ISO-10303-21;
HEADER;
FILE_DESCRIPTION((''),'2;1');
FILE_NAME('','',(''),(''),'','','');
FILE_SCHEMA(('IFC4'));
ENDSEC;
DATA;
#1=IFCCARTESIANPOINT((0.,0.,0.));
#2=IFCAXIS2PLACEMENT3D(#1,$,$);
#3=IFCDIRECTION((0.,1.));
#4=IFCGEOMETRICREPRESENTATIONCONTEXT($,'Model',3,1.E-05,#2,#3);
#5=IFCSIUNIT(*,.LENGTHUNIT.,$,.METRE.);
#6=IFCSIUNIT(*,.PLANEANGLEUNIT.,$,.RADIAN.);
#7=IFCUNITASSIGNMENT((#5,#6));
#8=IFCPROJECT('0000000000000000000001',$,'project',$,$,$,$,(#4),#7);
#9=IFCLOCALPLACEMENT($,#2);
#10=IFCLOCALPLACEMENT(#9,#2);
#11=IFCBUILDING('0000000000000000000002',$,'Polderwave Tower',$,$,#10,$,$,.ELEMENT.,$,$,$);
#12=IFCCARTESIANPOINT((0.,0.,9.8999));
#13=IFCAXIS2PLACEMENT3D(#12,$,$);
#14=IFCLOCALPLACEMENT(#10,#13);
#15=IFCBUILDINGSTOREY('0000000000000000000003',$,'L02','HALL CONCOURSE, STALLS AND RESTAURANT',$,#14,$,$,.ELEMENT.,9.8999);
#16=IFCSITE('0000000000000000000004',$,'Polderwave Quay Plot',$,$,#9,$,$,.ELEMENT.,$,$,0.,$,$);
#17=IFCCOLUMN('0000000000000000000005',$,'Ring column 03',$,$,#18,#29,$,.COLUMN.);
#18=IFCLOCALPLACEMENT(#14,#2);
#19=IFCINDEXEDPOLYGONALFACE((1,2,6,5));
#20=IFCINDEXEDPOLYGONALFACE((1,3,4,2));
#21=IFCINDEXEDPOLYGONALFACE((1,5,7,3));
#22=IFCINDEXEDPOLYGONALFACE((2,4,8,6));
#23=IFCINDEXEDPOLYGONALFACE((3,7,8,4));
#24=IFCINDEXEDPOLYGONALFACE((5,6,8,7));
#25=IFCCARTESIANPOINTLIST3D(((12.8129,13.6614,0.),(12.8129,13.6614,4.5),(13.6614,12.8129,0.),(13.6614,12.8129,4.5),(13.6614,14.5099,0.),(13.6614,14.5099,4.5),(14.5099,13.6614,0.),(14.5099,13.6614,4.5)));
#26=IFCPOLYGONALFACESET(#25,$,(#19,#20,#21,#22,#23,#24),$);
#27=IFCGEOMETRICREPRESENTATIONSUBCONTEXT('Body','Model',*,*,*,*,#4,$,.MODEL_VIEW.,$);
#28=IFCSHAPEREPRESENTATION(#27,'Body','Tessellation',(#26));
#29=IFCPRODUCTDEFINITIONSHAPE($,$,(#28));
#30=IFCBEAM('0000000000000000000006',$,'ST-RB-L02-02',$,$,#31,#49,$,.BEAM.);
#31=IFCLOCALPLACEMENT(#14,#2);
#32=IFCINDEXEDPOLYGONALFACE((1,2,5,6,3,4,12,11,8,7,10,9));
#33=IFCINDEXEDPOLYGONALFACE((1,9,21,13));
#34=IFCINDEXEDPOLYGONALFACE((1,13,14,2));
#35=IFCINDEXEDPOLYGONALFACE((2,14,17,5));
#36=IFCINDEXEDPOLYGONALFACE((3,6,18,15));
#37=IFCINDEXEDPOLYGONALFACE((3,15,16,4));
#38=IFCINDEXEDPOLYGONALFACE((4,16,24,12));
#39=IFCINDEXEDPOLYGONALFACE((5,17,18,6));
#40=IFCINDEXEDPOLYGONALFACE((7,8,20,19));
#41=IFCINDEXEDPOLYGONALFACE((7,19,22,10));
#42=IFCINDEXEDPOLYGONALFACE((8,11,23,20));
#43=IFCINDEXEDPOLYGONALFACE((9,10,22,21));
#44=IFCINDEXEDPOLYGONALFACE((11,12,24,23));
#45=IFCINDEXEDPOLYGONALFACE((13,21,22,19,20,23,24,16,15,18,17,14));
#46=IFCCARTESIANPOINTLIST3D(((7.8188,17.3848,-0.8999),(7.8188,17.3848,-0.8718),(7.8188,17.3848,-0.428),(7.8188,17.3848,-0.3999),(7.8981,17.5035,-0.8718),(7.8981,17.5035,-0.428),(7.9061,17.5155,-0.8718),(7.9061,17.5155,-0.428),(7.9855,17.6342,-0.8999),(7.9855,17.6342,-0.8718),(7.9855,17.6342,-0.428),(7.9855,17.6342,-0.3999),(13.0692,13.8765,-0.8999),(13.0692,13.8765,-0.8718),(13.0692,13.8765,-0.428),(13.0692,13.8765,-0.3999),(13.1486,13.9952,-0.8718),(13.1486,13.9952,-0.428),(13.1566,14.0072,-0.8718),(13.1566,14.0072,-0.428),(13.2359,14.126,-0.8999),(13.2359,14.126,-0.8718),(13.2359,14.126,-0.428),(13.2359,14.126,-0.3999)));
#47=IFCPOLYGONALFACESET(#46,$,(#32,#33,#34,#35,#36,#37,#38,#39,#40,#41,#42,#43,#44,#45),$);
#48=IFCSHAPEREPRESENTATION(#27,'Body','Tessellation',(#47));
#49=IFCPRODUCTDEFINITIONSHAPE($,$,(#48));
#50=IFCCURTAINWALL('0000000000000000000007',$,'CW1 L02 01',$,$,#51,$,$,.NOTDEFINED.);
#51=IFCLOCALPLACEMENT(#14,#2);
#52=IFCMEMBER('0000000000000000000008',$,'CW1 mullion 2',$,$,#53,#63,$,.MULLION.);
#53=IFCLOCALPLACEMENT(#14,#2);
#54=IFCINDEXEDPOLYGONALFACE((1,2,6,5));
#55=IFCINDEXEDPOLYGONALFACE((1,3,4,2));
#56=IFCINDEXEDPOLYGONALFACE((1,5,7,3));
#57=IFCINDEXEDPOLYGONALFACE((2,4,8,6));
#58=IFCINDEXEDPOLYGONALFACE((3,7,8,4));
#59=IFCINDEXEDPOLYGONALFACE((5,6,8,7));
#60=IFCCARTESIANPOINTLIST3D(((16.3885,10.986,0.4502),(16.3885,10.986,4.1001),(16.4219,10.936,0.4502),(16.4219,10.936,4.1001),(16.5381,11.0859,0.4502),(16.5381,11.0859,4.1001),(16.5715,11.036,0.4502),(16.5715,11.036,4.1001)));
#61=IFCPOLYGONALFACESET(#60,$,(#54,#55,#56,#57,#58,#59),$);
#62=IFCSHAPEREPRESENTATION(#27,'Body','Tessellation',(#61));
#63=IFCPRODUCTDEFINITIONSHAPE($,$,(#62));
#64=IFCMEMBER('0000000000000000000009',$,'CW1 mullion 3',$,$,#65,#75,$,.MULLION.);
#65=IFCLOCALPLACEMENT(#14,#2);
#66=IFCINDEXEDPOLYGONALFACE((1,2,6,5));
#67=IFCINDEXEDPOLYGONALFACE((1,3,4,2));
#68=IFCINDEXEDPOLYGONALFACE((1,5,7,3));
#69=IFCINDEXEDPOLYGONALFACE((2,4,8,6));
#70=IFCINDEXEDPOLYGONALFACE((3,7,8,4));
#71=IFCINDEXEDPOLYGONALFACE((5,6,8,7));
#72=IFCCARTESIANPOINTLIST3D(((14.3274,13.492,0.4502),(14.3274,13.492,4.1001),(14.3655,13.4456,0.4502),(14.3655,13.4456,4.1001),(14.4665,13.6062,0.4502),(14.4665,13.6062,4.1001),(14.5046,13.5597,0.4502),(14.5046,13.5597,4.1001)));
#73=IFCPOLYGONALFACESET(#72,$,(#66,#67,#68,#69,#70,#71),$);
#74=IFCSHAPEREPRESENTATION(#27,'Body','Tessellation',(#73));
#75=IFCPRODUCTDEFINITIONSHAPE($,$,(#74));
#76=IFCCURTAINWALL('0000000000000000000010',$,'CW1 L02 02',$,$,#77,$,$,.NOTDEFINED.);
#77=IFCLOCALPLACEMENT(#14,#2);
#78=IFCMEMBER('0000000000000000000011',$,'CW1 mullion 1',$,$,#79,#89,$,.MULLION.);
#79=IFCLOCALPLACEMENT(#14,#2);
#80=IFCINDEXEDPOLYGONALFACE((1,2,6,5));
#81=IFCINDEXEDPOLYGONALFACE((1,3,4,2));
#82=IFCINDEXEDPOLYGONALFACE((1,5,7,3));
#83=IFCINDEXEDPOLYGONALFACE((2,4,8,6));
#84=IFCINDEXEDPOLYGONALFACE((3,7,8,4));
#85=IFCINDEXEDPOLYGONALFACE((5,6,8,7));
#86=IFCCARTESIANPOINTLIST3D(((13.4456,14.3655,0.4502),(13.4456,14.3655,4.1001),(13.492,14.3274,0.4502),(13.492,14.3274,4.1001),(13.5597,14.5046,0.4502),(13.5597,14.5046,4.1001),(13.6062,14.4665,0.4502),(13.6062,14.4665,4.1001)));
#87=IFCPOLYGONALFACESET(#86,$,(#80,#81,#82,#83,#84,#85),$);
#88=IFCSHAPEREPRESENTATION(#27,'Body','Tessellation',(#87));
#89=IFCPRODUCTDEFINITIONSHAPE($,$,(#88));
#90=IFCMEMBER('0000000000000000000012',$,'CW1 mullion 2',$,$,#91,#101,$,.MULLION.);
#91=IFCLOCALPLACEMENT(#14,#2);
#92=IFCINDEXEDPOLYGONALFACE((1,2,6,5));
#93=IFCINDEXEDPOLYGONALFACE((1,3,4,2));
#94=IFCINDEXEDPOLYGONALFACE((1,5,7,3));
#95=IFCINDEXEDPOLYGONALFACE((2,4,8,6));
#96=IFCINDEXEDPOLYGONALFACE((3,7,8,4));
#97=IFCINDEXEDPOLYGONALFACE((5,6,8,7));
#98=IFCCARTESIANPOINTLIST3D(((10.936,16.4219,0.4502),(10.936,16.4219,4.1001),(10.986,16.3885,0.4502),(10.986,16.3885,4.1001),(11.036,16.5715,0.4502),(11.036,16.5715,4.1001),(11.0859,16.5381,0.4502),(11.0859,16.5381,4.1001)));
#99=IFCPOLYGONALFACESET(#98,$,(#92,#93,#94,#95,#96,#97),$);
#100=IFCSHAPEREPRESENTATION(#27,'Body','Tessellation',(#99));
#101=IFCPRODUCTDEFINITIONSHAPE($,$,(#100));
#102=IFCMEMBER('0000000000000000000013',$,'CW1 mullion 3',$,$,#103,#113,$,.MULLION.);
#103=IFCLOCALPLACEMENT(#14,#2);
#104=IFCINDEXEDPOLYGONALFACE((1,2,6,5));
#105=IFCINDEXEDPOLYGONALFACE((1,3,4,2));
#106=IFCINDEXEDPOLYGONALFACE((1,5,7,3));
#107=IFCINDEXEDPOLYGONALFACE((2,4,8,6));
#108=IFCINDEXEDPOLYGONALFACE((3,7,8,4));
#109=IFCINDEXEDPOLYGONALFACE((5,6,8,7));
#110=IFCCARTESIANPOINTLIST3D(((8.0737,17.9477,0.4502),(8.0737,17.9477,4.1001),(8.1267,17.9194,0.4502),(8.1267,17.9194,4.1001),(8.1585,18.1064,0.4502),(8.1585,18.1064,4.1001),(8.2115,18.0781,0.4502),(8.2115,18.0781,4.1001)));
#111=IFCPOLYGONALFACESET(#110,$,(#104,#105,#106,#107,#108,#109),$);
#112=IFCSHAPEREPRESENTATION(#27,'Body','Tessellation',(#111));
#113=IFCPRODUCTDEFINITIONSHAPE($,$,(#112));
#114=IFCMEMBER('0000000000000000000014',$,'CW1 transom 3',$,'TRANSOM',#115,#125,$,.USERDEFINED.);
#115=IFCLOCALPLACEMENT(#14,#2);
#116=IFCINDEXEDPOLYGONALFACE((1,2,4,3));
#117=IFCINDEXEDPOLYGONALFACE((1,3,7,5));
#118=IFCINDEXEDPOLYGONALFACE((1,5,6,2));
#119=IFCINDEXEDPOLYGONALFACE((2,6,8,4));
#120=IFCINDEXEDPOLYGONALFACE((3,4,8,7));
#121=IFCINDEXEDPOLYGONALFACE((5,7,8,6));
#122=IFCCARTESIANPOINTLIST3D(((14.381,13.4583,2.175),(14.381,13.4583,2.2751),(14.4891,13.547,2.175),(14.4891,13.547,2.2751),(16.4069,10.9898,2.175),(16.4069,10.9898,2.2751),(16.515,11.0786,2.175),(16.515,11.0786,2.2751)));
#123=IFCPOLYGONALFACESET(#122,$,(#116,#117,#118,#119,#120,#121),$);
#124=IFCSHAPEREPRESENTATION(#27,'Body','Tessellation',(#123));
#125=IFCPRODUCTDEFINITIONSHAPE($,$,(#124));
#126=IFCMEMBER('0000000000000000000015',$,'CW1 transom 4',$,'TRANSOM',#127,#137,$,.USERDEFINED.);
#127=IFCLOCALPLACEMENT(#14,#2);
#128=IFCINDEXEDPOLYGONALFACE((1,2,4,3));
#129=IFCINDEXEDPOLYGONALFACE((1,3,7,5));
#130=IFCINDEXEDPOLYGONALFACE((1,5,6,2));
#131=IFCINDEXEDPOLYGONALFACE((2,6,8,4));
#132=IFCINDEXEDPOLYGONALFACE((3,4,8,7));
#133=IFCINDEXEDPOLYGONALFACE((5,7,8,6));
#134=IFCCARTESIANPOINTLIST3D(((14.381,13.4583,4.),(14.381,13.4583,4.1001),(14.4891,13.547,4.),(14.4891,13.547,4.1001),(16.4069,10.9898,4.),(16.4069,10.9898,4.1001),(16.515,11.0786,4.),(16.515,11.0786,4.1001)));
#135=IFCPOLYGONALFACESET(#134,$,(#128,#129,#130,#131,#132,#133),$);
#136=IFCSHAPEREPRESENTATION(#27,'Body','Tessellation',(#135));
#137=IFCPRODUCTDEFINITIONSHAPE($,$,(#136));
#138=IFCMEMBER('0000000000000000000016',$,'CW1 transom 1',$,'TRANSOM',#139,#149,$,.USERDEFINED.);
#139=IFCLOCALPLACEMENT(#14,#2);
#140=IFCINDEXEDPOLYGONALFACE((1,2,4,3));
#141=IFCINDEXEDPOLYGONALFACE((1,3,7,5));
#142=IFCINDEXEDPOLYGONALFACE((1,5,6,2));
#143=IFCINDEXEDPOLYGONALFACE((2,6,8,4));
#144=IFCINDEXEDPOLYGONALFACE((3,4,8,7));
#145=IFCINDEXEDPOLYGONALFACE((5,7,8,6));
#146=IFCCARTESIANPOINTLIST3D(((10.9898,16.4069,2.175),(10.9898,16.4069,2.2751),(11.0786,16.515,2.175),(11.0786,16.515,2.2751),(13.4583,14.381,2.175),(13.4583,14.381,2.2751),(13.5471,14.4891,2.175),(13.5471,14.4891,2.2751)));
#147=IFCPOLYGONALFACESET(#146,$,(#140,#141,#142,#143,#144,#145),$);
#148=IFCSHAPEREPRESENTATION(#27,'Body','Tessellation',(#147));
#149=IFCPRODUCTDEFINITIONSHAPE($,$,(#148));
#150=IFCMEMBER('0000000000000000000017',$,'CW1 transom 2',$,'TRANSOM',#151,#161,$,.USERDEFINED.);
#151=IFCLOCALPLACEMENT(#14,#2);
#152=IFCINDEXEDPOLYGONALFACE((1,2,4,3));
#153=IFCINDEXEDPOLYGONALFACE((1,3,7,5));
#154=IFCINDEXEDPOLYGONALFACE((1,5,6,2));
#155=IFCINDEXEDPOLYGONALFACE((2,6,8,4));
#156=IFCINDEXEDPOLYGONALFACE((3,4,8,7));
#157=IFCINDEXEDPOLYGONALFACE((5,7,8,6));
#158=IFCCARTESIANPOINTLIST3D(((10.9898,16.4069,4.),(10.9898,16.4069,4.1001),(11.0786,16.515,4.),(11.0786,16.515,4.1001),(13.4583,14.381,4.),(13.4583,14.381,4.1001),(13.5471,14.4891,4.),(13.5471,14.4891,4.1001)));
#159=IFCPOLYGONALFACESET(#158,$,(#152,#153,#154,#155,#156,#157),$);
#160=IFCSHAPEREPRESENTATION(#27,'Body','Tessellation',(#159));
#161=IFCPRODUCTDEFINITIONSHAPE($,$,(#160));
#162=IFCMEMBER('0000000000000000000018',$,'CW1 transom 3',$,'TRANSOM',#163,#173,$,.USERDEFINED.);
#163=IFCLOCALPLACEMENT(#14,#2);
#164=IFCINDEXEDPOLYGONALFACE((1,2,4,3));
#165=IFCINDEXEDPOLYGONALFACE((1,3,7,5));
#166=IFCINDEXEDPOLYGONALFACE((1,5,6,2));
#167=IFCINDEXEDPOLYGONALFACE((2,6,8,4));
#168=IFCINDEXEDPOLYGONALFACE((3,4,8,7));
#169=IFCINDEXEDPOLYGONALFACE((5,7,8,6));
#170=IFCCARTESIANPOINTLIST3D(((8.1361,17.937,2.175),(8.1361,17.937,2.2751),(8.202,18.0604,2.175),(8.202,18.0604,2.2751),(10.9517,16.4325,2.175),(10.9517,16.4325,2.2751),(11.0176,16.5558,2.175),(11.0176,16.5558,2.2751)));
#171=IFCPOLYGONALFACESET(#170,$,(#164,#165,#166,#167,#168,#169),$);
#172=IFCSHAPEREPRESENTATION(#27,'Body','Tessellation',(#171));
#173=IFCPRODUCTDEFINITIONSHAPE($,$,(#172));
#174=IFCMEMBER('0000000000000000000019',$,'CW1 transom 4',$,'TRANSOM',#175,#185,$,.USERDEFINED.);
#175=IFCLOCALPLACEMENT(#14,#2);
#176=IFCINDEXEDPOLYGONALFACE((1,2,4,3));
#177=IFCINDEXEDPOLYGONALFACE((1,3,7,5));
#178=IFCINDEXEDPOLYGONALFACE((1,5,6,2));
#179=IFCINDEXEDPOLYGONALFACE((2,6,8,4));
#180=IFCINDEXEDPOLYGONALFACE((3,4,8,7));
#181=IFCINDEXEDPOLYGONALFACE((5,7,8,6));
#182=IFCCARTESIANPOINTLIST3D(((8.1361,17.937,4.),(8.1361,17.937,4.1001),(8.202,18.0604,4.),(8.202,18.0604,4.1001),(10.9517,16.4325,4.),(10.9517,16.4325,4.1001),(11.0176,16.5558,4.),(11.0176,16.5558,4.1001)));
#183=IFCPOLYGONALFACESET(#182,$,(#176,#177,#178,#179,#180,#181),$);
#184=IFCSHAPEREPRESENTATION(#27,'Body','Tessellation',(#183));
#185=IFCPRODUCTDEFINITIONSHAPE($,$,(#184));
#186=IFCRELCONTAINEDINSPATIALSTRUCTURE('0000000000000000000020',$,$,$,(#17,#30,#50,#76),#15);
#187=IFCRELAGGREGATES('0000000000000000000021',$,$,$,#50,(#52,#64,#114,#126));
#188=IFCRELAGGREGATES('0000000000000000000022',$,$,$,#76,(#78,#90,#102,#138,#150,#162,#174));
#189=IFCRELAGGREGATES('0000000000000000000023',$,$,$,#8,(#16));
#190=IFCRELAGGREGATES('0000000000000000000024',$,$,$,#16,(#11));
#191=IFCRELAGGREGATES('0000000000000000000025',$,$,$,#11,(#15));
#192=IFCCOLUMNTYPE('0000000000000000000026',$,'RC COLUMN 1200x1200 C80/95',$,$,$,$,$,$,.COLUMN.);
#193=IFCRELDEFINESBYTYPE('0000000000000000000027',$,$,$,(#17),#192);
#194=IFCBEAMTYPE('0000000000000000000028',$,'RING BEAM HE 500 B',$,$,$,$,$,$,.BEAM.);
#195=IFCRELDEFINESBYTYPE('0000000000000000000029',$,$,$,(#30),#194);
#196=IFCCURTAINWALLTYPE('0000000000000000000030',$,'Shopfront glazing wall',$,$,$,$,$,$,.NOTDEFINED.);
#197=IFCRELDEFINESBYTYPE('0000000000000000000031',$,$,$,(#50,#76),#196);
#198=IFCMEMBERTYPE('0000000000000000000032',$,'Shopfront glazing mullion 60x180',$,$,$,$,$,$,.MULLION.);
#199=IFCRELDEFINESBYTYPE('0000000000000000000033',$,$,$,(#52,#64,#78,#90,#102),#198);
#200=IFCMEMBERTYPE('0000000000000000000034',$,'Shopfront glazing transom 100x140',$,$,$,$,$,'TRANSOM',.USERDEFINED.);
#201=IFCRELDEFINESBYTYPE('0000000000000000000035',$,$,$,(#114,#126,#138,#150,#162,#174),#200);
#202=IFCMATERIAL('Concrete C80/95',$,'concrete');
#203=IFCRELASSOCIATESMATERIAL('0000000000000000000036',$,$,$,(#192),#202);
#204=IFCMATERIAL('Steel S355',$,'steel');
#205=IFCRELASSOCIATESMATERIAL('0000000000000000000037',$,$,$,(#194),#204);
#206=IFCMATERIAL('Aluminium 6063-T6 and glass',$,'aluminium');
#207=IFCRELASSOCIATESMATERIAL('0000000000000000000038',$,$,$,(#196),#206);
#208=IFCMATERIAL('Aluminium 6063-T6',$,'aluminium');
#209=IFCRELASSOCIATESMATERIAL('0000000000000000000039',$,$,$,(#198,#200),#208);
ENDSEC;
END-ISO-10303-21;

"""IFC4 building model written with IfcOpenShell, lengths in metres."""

from ifc_helpers import new_model, si_unit, direction, frame, origin, origin_2d, place, context, subcontext, project, spatial, rectangle, i_section, extrude, material, material_profile, profile_set, type_object, element, aggregate, save


model = new_model("IFC4")

# Units and contexts
model_context = context("Model", 3, precision=1e-05, world=origin(), true_north=direction((0.0, 1.0)))
body_context = subcontext(model_context, "Body", "Model", "MODEL_VIEW")
ifc_project = project(units=[si_unit("LENGTHUNIT", "METRE"), si_unit("PLANEANGLEUNIT", "RADIAN")], contexts=[model_context])

# Site, building, storey
site_placement = place(None, origin())
site = spatial("IfcSite", under=ifc_project, at=site_placement, Name="Polderwave Quay Plot", CompositionType="ELEMENT", RefElevation=0.0)
building_placement = place(site_placement, origin())
building = spatial("IfcBuilding", under=site, at=building_placement, Name="Polderwave Tower", CompositionType="ELEMENT")
storey_placement = place(building_placement, frame((0.0, 0.0, 9.8999)))
storey = spatial("IfcBuildingStorey", under=building, at=storey_placement, Name="L02", Description="HALL CONCOURSE, STALLS AND RESTAURANT", CompositionType="ELEMENT", Elevation=9.8999)

# Column
ifc_material_1 = material(Name="Concrete C80/95", Category="concrete")
ifc_material_profile_1 = material_profile(ifc_material_1, rectangle(XDim=1.2, YDim=1.2, at=origin_2d()), Name="RC 1200x1200")
ifc_profile_set_1 = profile_set([ifc_material_profile_1], Name="Concrete C80/95")
column_type = type_object("IfcColumnType", Name="RC COLUMN 1200x1200 C80/95", PredefinedType="COLUMN", material=ifc_profile_set_1)
column_placement = place(storey_placement, frame((13.6614, 13.6614, 0.0), z_axis=(0.0, 0.0, 1.0), x_axis=(0.707107, 0.707107, 0.0)))
element("IfcColumn", 1, at=column_placement, inside=storey, type_object=column_type, Name="Ring column 03", PredefinedType="COLUMN", context=body_context, shape_type="SweptSolid", body=[
    extrude(rectangle(XDim=1.2, YDim=1.2, at=origin_2d()), origin(), (0.0, 0.0, 1.0), 4.5),
])

# Beam
ifc_material_2 = material(Name="Steel S355", Category="steel")
ifc_material_profile_2 = material_profile(ifc_material_2, i_section(OverallWidth=0.3, OverallDepth=0.5, WebThickness=0.0144, FlangeThickness=0.0281, at=origin_2d()), Name="HE 500 B")
ifc_profile_set_2 = profile_set([ifc_material_profile_2], Name="Steel S355")
beam_type = type_object("IfcBeamType", Name="RING BEAM HE 500 B", PredefinedType="BEAM", material=ifc_profile_set_2)
beam_placement = place(storey_placement, frame((13.1526, 14.0012, -0.6499), z_axis=(-0.831467, 0.555574, 0.0), x_axis=(-0.555574, -0.831467, 0.0)))
element("IfcBeam", 2, at=beam_placement, inside=storey, type_object=beam_type, Name="ST-RB-L02-02", PredefinedType="BEAM", context=body_context, shape_type="SweptSolid", body=[
    extrude(i_section(OverallWidth=0.3, OverallDepth=0.5, WebThickness=0.0144, FlangeThickness=0.0281, at=origin_2d()), origin(), (0.0, 0.0, 1.0), 6.3147),
])

# Curtain walls, members
ifc_material_3 = material(Name="Aluminium 6063-T6 and glass", Category="aluminium")
curtain_wall_type = type_object("IfcCurtainWallType", Name="Shopfront glazing wall", PredefinedType="NOTDEFINED", material=ifc_material_3)
curtain_wall_1_placement = place(storey_placement, origin())
curtain_wall_1 = element("IfcCurtainWall", 3, at=curtain_wall_1_placement, inside=storey, type_object=curtain_wall_type, Name="CW1 L02 01", PredefinedType="NOTDEFINED")
ifc_material_4 = material(Name="Aluminium 6063-T6", Category="aluminium")
ifc_material_profile_3 = material_profile(ifc_material_4, rectangle(XDim=0.1799, YDim=0.0601, at=origin_2d()), Name="AL 60x180")
ifc_profile_set_3 = profile_set([ifc_material_profile_3], Name="Aluminium 6063-T6")
member_type_1 = type_object("IfcMemberType", Name="Shopfront glazing mullion 60x180", PredefinedType="MULLION", material=ifc_profile_set_3)
member_1_placement = place(storey_placement, frame((16.48, 11.011, 0.4502), z_axis=(0.0, 0.0, 1.0), x_axis=(-0.831493, -0.555535, 0.0)))
member_1 = element("IfcMember", 4, at=member_1_placement, type_object=member_type_1, Name="CW1 mullion 2", PredefinedType="MULLION", context=body_context, shape_type="SweptSolid", body=[
    extrude(rectangle(XDim=0.1799, YDim=0.0601, at=origin_2d()), origin(), (0.0, 0.0, 1.0), 3.6499),
])
member_2_placement = place(storey_placement, frame((14.416, 13.5259, 0.4502), z_axis=(0.0, 0.0, 1.0), x_axis=(-0.772993, -0.634415, 0.0)))
member_2 = element("IfcMember", 5, at=member_2_placement, type_object=member_type_1, Name="CW1 mullion 3", PredefinedType="MULLION", context=body_context, shape_type="SweptSolid", body=[
    extrude(rectangle(XDim=0.1799, YDim=0.0601, at=origin_2d()), origin(), (0.0, 0.0, 1.0), 3.6499),
])
curtain_wall_2_placement = place(storey_placement, origin())
curtain_wall_2 = element("IfcCurtainWall", 6, at=curtain_wall_2_placement, inside=storey, type_object=curtain_wall_type, Name="CW1 L02 02", PredefinedType="NOTDEFINED")
member_3_placement = place(storey_placement, frame((13.5259, 14.416, 0.4502), z_axis=(0.0, 0.0, 1.0), x_axis=(-0.634415, -0.772993, 0.0)))
member_3 = element("IfcMember", 7, at=member_3_placement, type_object=member_type_1, Name="CW1 mullion 1", PredefinedType="MULLION", context=body_context, shape_type="SweptSolid", body=[
    extrude(rectangle(XDim=0.1799, YDim=0.0601, at=origin_2d()), origin(), (0.0, 0.0, 1.0), 3.6499),
])
member_4_placement = place(storey_placement, frame((11.011, 16.48, 0.4502), z_axis=(0.0, 0.0, 1.0), x_axis=(-0.555535, -0.831493, 0.0)))
member_4 = element("IfcMember", 8, at=member_4_placement, type_object=member_type_1, Name="CW1 mullion 2", PredefinedType="MULLION", context=body_context, shape_type="SweptSolid", body=[
    extrude(rectangle(XDim=0.1799, YDim=0.0601, at=origin_2d()), origin(), (0.0, 0.0, 1.0), 3.6499),
])
member_5_placement = place(storey_placement, frame((8.1426, 18.0129, 0.4502), z_axis=(0.0, 0.0, 1.0), x_axis=(-0.4713, -0.881973, 0.0)))
member_5 = element("IfcMember", 9, at=member_5_placement, type_object=member_type_1, Name="CW1 mullion 3", PredefinedType="MULLION", context=body_context, shape_type="SweptSolid", body=[
    extrude(rectangle(XDim=0.1799, YDim=0.0601, at=origin_2d()), origin(), (0.0, 0.0, 1.0), 3.6499),
])

# Members
ifc_material_profile_4 = material_profile(ifc_material_4, rectangle(XDim=0.1399, YDim=0.1001, at=origin_2d()), Name="AL 100x140")
ifc_profile_set_4 = profile_set([ifc_material_profile_4], Name="Aluminium 6063-T6")
member_type_2 = type_object("IfcMemberType", Name="Shopfront glazing transom 100x140", ElementType="TRANSOM", PredefinedType="USERDEFINED", material=ifc_profile_set_4)
member_6_placement = place(storey_placement, frame((16.4609, 11.0342, 2.2251), z_axis=(-0.634399, 0.773006, 0.0), x_axis=(-0.773006, -0.634399, 0.0)))
member_6 = element("IfcMember", 10, at=member_6_placement, type_object=member_type_2, Name="CW1 transom 3", ObjectType="TRANSOM", PredefinedType="USERDEFINED", context=body_context, shape_type="SweptSolid", body=[
    extrude(rectangle(XDim=0.1399, YDim=0.1001, at=origin_2d()), origin(), (0.0, 0.0, 1.0), 3.1934),
])
member_7_placement = place(storey_placement, frame((16.4609, 11.0342, 4.05), z_axis=(-0.634399, 0.773006, 0.0), x_axis=(-0.773006, -0.634399, 0.0)))
member_7 = element("IfcMember", 11, at=member_7_placement, type_object=member_type_2, Name="CW1 transom 4", ObjectType="TRANSOM", PredefinedType="USERDEFINED", context=body_context, shape_type="SweptSolid", body=[
    extrude(rectangle(XDim=0.1399, YDim=0.1001, at=origin_2d()), origin(), (0.0, 0.0, 1.0), 3.1934),
])
member_8_placement = place(storey_placement, frame((13.5027, 14.4351, 2.2251), z_axis=(-0.773006, 0.634399, 0.0), x_axis=(-0.634399, -0.773006, 0.0)))
member_8 = element("IfcMember", 12, at=member_8_placement, type_object=member_type_2, Name="CW1 transom 1", ObjectType="TRANSOM", PredefinedType="USERDEFINED", context=body_context, shape_type="SweptSolid", body=[
    extrude(rectangle(XDim=0.1399, YDim=0.1001, at=origin_2d()), origin(), (0.0, 0.0, 1.0), 3.1934),
])
member_9_placement = place(storey_placement, frame((13.5027, 14.4351, 4.05), z_axis=(-0.773006, 0.634399, 0.0), x_axis=(-0.634399, -0.773006, 0.0)))
member_9 = element("IfcMember", 13, at=member_9_placement, type_object=member_type_2, Name="CW1 transom 2", ObjectType="TRANSOM", PredefinedType="USERDEFINED", context=body_context, shape_type="SweptSolid", body=[
    extrude(rectangle(XDim=0.1399, YDim=0.1001, at=origin_2d()), origin(), (0.0, 0.0, 1.0), 3.1934),
])
member_10_placement = place(storey_placement, frame((10.9846, 16.4941, 2.2251), z_axis=(-0.881969, 0.471307, 0.0), x_axis=(-0.471307, -0.881969, 0.0)))
member_10 = element("IfcMember", 14, at=member_10_placement, type_object=member_type_2, Name="CW1 transom 3", ObjectType="TRANSOM", PredefinedType="USERDEFINED", context=body_context, shape_type="SweptSolid", body=[
    extrude(rectangle(XDim=0.1399, YDim=0.1001, at=origin_2d()), origin(), (0.0, 0.0, 1.0), 3.1924),
])
member_11_placement = place(storey_placement, frame((10.9846, 16.4941, 4.05), z_axis=(-0.881969, 0.471307, 0.0), x_axis=(-0.471307, -0.881969, 0.0)))
member_11 = element("IfcMember", 15, at=member_11_placement, type_object=member_type_2, Name="CW1 transom 4", ObjectType="TRANSOM", PredefinedType="USERDEFINED", context=body_context, shape_type="SweptSolid", body=[
    extrude(rectangle(XDim=0.1399, YDim=0.1001, at=origin_2d()), origin(), (0.0, 0.0, 1.0), 3.1924),
])

aggregate(curtain_wall_1, [member_1, member_2, member_6, member_7])
aggregate(curtain_wall_2, [member_3, member_4, member_5, member_8, member_9, member_10, member_11])

save(model, "model.ifc")
